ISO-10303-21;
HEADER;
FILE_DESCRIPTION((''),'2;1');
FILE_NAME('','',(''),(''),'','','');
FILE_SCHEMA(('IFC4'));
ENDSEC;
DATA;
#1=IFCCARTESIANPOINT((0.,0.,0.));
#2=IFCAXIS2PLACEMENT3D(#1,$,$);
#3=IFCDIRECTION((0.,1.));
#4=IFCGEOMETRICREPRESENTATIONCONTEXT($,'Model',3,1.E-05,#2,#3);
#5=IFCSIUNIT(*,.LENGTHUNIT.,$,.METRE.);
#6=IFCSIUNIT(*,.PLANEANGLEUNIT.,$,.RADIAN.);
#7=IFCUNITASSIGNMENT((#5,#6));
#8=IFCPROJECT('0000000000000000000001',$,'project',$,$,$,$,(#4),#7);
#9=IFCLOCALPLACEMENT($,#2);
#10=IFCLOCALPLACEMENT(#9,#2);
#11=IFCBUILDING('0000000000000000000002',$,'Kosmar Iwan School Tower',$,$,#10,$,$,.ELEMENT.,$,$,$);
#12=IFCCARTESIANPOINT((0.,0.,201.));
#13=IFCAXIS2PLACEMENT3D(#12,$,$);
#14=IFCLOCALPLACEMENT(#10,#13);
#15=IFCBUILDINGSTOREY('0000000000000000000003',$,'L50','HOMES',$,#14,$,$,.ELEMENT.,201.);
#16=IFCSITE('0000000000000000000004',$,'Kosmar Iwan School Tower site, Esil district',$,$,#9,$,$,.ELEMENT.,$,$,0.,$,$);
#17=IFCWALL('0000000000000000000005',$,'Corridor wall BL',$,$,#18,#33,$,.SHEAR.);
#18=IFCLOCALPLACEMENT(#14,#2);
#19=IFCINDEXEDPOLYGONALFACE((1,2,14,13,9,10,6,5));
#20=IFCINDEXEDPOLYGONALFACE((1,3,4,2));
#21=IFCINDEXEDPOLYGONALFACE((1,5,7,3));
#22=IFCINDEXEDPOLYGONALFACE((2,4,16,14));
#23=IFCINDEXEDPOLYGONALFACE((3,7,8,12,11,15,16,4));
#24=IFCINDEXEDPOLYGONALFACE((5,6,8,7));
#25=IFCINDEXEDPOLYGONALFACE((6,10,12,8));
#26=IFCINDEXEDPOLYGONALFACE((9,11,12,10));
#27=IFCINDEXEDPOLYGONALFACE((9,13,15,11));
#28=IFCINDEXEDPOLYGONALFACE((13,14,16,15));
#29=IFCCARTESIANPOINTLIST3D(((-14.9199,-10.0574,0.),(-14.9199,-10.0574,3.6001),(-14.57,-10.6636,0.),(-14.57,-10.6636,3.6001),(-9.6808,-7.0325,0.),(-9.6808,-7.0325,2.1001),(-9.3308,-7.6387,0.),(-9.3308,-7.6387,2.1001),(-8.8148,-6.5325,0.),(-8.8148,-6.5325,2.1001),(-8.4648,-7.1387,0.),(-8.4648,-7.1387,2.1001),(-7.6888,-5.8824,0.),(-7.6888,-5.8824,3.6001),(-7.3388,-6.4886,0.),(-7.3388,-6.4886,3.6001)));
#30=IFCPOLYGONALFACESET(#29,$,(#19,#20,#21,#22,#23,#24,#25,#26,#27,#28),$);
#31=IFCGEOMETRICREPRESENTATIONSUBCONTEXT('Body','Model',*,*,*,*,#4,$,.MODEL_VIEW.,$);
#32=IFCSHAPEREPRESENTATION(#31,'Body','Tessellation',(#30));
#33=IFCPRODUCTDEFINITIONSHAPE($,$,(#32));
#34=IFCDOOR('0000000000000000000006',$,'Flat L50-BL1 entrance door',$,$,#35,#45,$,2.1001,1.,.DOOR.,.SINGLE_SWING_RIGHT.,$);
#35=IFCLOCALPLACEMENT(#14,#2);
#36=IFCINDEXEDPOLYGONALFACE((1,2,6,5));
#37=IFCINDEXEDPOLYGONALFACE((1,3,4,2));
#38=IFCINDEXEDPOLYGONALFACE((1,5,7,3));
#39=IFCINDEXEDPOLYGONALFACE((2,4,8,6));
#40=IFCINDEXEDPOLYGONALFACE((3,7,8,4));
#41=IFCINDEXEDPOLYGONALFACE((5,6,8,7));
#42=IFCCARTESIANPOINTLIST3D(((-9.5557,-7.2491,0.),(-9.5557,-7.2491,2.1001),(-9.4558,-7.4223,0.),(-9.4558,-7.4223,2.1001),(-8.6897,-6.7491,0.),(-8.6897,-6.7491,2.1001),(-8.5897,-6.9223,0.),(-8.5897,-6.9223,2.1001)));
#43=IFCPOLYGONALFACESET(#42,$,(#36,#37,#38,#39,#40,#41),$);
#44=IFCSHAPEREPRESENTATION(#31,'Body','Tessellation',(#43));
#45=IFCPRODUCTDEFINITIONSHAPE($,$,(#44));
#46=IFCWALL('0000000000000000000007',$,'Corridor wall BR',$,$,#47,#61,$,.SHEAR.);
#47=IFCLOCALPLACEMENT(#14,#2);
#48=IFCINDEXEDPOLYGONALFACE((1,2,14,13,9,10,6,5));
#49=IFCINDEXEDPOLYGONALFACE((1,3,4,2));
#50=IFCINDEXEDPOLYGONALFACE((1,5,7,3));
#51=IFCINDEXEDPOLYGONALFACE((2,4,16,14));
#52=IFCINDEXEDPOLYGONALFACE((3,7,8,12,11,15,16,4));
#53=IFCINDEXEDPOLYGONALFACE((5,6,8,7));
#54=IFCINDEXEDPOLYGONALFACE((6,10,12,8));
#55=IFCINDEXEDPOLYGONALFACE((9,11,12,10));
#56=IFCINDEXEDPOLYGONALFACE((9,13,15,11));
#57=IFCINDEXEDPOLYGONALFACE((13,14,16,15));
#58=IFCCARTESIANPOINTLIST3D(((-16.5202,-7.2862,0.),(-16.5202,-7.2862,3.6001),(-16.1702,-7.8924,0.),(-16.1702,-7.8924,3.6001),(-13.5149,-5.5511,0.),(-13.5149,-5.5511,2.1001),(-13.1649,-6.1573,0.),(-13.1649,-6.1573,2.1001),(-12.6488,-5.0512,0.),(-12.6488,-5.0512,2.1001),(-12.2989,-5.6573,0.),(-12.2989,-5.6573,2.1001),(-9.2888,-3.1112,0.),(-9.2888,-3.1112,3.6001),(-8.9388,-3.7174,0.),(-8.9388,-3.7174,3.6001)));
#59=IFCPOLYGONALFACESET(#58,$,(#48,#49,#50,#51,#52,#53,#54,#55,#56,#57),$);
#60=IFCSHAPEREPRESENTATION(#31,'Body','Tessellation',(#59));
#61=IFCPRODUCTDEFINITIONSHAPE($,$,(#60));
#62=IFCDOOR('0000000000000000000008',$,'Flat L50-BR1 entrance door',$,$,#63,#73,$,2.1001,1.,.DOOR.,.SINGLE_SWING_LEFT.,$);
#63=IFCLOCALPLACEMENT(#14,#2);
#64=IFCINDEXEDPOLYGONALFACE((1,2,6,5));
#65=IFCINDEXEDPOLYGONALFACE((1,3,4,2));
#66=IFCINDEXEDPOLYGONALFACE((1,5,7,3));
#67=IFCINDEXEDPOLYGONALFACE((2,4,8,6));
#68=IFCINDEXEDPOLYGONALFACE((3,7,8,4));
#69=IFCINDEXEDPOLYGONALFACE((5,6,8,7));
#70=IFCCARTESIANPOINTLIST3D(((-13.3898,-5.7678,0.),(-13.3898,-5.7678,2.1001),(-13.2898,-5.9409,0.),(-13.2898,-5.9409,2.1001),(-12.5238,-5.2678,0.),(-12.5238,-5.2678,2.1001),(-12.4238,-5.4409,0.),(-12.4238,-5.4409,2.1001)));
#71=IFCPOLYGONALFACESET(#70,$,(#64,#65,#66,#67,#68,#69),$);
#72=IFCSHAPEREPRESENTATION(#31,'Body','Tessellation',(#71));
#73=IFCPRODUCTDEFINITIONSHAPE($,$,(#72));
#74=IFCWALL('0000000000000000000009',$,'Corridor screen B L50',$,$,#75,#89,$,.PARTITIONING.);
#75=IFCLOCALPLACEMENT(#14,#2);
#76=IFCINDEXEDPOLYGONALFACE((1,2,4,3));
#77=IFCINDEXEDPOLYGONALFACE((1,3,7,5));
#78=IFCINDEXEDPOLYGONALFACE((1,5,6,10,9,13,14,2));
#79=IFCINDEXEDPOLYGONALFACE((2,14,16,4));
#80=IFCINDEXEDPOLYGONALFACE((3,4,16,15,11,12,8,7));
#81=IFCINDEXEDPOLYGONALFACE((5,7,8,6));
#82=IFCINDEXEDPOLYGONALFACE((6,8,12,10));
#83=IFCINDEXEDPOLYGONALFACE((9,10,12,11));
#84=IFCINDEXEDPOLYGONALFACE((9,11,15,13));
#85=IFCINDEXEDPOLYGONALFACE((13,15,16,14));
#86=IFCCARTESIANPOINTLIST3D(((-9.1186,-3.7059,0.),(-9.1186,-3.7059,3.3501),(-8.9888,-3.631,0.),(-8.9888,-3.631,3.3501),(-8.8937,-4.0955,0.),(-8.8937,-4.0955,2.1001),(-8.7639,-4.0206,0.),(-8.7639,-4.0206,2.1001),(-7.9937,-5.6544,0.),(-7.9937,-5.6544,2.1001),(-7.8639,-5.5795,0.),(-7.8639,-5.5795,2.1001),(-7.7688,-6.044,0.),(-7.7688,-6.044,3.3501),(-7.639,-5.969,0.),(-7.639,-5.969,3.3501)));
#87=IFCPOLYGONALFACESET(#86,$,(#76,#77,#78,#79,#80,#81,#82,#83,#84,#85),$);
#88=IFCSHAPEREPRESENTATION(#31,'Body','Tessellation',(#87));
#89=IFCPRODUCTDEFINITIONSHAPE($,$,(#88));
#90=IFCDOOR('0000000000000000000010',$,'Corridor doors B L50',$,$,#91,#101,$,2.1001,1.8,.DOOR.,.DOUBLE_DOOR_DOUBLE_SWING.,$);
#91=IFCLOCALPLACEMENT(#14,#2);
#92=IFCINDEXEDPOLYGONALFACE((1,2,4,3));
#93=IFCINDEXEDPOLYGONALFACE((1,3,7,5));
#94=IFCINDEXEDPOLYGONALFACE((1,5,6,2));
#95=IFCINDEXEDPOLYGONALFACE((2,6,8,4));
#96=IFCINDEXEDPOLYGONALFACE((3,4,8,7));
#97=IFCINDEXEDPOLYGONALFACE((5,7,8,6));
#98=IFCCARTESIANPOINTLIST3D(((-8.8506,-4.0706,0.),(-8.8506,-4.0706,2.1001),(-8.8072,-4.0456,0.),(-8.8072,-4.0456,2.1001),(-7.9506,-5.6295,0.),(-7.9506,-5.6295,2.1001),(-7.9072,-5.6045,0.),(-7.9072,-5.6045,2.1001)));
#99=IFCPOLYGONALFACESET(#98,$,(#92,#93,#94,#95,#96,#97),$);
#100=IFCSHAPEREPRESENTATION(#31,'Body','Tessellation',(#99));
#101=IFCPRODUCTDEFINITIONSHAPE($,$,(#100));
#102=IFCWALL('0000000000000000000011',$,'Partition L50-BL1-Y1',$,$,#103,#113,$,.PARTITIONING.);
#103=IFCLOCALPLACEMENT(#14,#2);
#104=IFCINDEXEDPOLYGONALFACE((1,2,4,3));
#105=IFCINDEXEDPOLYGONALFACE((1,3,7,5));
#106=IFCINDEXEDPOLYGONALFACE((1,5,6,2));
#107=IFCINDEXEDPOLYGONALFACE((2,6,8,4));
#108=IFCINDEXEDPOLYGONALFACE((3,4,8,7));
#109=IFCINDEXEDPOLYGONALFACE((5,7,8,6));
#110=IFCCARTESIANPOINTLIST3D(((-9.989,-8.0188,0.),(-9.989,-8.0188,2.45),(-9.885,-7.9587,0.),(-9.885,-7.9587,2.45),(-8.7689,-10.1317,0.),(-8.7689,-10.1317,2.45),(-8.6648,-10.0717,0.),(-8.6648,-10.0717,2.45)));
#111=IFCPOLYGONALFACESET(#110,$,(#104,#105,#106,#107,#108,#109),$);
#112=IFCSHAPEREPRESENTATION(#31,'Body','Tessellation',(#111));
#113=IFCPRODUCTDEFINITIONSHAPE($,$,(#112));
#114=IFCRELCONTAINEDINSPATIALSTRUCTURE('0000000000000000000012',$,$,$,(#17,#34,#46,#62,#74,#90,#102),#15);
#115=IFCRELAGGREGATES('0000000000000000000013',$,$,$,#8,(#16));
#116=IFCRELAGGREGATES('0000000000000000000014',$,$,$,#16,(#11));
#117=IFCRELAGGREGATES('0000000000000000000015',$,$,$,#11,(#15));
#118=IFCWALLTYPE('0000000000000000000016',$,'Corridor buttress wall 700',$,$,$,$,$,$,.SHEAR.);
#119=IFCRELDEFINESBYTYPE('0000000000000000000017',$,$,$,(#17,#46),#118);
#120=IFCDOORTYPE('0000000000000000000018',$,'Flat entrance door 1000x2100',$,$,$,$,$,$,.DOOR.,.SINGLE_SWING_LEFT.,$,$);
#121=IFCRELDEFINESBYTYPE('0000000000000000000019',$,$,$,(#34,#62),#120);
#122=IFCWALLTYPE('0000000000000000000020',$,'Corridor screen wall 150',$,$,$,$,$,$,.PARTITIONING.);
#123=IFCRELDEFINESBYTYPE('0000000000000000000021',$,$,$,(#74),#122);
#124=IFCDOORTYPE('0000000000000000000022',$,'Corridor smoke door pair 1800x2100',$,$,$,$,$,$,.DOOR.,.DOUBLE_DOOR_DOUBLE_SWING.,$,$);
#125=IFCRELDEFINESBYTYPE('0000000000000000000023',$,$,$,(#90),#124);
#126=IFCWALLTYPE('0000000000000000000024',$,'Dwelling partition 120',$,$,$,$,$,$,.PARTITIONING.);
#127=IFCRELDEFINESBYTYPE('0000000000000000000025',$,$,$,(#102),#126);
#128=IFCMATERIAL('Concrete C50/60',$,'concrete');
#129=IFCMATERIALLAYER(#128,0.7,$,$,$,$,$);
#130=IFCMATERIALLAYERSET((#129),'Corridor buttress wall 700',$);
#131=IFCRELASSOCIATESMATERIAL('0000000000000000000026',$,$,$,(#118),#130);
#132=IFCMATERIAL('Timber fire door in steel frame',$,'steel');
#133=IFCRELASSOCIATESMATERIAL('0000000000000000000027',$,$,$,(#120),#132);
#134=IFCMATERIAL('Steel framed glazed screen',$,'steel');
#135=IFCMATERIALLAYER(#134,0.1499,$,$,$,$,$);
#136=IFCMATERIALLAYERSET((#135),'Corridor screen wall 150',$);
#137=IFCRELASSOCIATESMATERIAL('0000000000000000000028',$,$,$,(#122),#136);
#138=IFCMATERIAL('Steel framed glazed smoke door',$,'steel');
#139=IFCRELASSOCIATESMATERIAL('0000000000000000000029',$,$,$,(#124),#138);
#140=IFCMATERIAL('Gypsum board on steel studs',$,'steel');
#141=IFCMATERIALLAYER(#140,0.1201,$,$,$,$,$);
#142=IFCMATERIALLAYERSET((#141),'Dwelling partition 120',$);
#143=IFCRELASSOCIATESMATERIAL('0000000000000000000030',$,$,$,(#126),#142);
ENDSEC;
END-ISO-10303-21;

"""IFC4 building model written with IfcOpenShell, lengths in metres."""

from ifc_helpers import new_model, si_unit, direction, frame, frame_2d, origin, place, context, subcontext, project, spatial, rectangle, extrude, material, layer, layer_set, type_object, element, fill, save


model = new_model("IFC4")

# Units and contexts
model_context = context("Model", 3, precision=1e-05, world=origin(), true_north=direction((0.0, 1.0)))
body_context = subcontext(model_context, "Body", "Model", "MODEL_VIEW")
ifc_project = project(units=[si_unit("LENGTHUNIT", "METRE"), si_unit("PLANEANGLEUNIT", "RADIAN")], contexts=[model_context])

# Site, building, storey
site_placement = place(None, origin())
site = spatial("IfcSite", under=ifc_project, at=site_placement, Name="Kosmar Iwan School Tower site, Esil district", CompositionType="ELEMENT", RefElevation=0.0)
building_placement = place(site_placement, origin())
building = spatial("IfcBuilding", under=site, at=building_placement, Name="Kosmar Iwan School Tower", CompositionType="ELEMENT")
storey_placement = place(building_placement, frame((0.0, 0.0, 201.0)))
storey = spatial("IfcBuildingStorey", under=building, at=storey_placement, Name="L50", Description="HOMES", CompositionType="ELEMENT", Elevation=201.0)

# Walls, openings, doors
ifc_material_1 = material(Name="Concrete C50/60", Category="concrete")
ifc_layer_1 = layer(ifc_material_1, 0.7)
ifc_layer_set_1 = layer_set([ifc_layer_1], Name="Corridor buttress wall 700")
wall_type_1 = type_object("IfcWallType", Name="Corridor buttress wall 700", PredefinedType="SHEAR", material=ifc_layer_set_1)
wall_1_placement = place(storey_placement, frame((-7.5139, -6.1855, 0.0), z_axis=(0.0, 0.0, 1.0), x_axis=(-0.86602, -0.50001, 0.0)))
wall_1 = element("IfcWall", 1, at=wall_1_placement, inside=storey, type_object=wall_type_1, Name="Corridor wall BL", PredefinedType="SHEAR", context=body_context, shape_type="SweptSolid", body=[
    extrude(rectangle(XDim=8.3499, YDim=0.7, at=frame_2d((4.1748, 0.0))), origin(), (0.0, 0.0, 1.0), 3.6001),
])
opening_1_placement = place(wall_1_placement, frame((1.3, 0.0, 0.0)))
opening_1 = element("IfcOpeningElement", 2, at=opening_1_placement, cuts=wall_1, PredefinedType="OPENING", context=body_context, shape_type="SweptSolid", body=[
    extrude(rectangle(XDim=1.0, YDim=2.1001, at=frame_2d((0.5, 1.05))), frame((0.0, 0.3621, 0.0), z_axis=(0.0, -1.0, 0.0), x_axis=(1.0, 0.0, 0.0)), (0.0, 0.0, 1.0), 0.7239),
])
ifc_material_2 = material(Name="Timber fire door in steel frame", Category="steel")
door_type_1 = type_object("IfcDoorType", Name="Flat entrance door 1000x2100", OperationType="SINGLE_SWING_LEFT", PredefinedType="DOOR", material=ifc_material_2)
door_1_placement = place(opening_1_placement, origin())
door_1 = element("IfcDoor", 3, at=door_1_placement, inside=storey, type_object=door_type_1, Name="Flat L50-BL1 entrance door", OperationType="SINGLE_SWING_RIGHT", OverallHeight=2.1001, OverallWidth=1.0, PredefinedType="DOOR", context=body_context, shape_type="SweptSolid", body=[
    extrude(rectangle(XDim=1.0, YDim=2.1001, at=frame_2d((0.5, 1.05))), frame((0.0, 0.1001, 0.0), z_axis=(0.0, -1.0, 0.0), x_axis=(1.0, 0.0, 0.0)), (0.0, 0.0, 1.0), 0.2),
])
fill(opening_1, door_1)
wall_2_placement = place(storey_placement, frame((-9.1138, -3.4143, 0.0), z_axis=(0.0, 0.0, 1.0), x_axis=(-0.866027, -0.499997, 0.0)))
wall_2 = element("IfcWall", 4, at=wall_2_placement, inside=storey, type_object=wall_type_1, Name="Corridor wall BR", PredefinedType="SHEAR", context=body_context, shape_type="SweptSolid", body=[
    extrude(rectangle(XDim=8.3501, YDim=0.7, at=frame_2d((4.175, 0.0))), origin(), (0.0, 0.0, 1.0), 3.6001),
])
opening_2_placement = place(wall_2_placement, frame((3.8799, 0.0, 0.0)))
opening_2 = element("IfcOpeningElement", 5, at=opening_2_placement, cuts=wall_2, PredefinedType="OPENING", context=body_context, shape_type="SweptSolid", body=[
    extrude(rectangle(XDim=1.0, YDim=2.1001, at=frame_2d((0.5, 1.05))), frame((0.0, 0.3621, 0.0), z_axis=(0.0, -1.0, 0.0), x_axis=(1.0, 0.0, 0.0)), (0.0, 0.0, 1.0), 0.7239),
])
door_2_placement = place(opening_2_placement, origin())
door_2 = element("IfcDoor", 6, at=door_2_placement, inside=storey, type_object=door_type_1, Name="Flat L50-BR1 entrance door", OperationType="SINGLE_SWING_LEFT", OverallHeight=2.1001, OverallWidth=1.0, PredefinedType="DOOR", context=body_context, shape_type="SweptSolid", body=[
    extrude(rectangle(XDim=1.0, YDim=2.1001, at=frame_2d((0.5, 1.05))), frame((0.0, 0.1001, 0.0), z_axis=(0.0, -1.0, 0.0), x_axis=(1.0, 0.0, 0.0)), (0.0, 0.0, 1.0), 0.2),
])
fill(opening_2, door_2)
ifc_material_3 = material(Name="Steel framed glazed screen", Category="steel")
ifc_layer_2 = layer(ifc_material_3, 0.1499)
ifc_layer_set_2 = layer_set([ifc_layer_2], Name="Corridor screen wall 150")
wall_type_2 = type_object("IfcWallType", Name="Corridor screen wall 150", PredefinedType="PARTITIONING", material=ifc_layer_set_2)
wall_3_placement = place(storey_placement, frame((-9.0537, -3.6685, 0.0), z_axis=(0.0, 0.0, 1.0), x_axis=(0.499981, -0.866037, 0.0)))
wall_3 = element("IfcWall", 7, at=wall_3_placement, inside=storey, type_object=wall_type_2, Name="Corridor screen B L50", PredefinedType="PARTITIONING", context=body_context, shape_type="SweptSolid", body=[
    extrude(rectangle(XDim=2.6997, YDim=0.1499, at=frame_2d((1.3499, 0.0))), origin(), (0.0, 0.0, 1.0), 3.3501),
])
opening_3_placement = place(wall_3_placement, frame((0.45, 0.0, 0.0)))
opening_3 = element("IfcOpeningElement", 8, at=opening_3_placement, cuts=wall_3, PredefinedType="OPENING", context=body_context, shape_type="SweptSolid", body=[
    extrude(rectangle(XDim=1.8, YDim=2.1001, at=frame_2d((0.8999, 1.05))), frame((0.0, 0.0869, 0.0), z_axis=(0.0, -1.0, 0.0), x_axis=(1.0, 0.0, 0.0)), (0.0, 0.0, 1.0), 0.1738),
])
ifc_material_4 = material(Name="Steel framed glazed smoke door", Category="steel")
door_type_2 = type_object("IfcDoorType", Name="Corridor smoke door pair 1800x2100", OperationType="DOUBLE_DOOR_DOUBLE_SWING", PredefinedType="DOOR", material=ifc_material_4)
door_3_placement = place(opening_3_placement, origin())
door_3 = element("IfcDoor", 9, at=door_3_placement, inside=storey, type_object=door_type_2, Name="Corridor doors B L50", OperationType="DOUBLE_DOOR_DOUBLE_SWING", OverallHeight=2.1001, OverallWidth=1.8, PredefinedType="DOOR", context=body_context, shape_type="SweptSolid", body=[
    extrude(rectangle(XDim=1.8, YDim=2.1001, at=frame_2d((0.8999, 1.05))), frame((0.0, 0.0249, 0.0), z_axis=(0.0, -1.0, 0.0), x_axis=(1.0, 0.0, 0.0)), (0.0, 0.0, 1.0), 0.05),
])
fill(opening_3, door_3)

# Wall
ifc_material_5 = material(Name="Gypsum board on steel studs", Category="steel")
ifc_layer_3 = layer(ifc_material_5, 0.1201)
ifc_layer_set_3 = layer_set([ifc_layer_3], Name="Dwelling partition 120")
wall_type_3 = type_object("IfcWallType", Name="Dwelling partition 120", PredefinedType="PARTITIONING", material=ifc_layer_set_3)
wall_4_placement = place(storey_placement, frame((-9.937, -7.9888, 0.0), z_axis=(0.0, 0.0, 1.0), x_axis=(0.500078, -0.865981, 0.0)))
element("IfcWall", 10, at=wall_4_placement, inside=storey, type_object=wall_type_3, Name="Partition L50-BL1-Y1", PredefinedType="PARTITIONING", context=body_context, shape_type="SweptSolid", body=[
    extrude(rectangle(XDim=2.4399, YDim=0.1201, at=frame_2d((1.22, 0.0))), origin(), (0.0, 0.0, 1.0), 2.45),
])

save(model, "model.ifc")
